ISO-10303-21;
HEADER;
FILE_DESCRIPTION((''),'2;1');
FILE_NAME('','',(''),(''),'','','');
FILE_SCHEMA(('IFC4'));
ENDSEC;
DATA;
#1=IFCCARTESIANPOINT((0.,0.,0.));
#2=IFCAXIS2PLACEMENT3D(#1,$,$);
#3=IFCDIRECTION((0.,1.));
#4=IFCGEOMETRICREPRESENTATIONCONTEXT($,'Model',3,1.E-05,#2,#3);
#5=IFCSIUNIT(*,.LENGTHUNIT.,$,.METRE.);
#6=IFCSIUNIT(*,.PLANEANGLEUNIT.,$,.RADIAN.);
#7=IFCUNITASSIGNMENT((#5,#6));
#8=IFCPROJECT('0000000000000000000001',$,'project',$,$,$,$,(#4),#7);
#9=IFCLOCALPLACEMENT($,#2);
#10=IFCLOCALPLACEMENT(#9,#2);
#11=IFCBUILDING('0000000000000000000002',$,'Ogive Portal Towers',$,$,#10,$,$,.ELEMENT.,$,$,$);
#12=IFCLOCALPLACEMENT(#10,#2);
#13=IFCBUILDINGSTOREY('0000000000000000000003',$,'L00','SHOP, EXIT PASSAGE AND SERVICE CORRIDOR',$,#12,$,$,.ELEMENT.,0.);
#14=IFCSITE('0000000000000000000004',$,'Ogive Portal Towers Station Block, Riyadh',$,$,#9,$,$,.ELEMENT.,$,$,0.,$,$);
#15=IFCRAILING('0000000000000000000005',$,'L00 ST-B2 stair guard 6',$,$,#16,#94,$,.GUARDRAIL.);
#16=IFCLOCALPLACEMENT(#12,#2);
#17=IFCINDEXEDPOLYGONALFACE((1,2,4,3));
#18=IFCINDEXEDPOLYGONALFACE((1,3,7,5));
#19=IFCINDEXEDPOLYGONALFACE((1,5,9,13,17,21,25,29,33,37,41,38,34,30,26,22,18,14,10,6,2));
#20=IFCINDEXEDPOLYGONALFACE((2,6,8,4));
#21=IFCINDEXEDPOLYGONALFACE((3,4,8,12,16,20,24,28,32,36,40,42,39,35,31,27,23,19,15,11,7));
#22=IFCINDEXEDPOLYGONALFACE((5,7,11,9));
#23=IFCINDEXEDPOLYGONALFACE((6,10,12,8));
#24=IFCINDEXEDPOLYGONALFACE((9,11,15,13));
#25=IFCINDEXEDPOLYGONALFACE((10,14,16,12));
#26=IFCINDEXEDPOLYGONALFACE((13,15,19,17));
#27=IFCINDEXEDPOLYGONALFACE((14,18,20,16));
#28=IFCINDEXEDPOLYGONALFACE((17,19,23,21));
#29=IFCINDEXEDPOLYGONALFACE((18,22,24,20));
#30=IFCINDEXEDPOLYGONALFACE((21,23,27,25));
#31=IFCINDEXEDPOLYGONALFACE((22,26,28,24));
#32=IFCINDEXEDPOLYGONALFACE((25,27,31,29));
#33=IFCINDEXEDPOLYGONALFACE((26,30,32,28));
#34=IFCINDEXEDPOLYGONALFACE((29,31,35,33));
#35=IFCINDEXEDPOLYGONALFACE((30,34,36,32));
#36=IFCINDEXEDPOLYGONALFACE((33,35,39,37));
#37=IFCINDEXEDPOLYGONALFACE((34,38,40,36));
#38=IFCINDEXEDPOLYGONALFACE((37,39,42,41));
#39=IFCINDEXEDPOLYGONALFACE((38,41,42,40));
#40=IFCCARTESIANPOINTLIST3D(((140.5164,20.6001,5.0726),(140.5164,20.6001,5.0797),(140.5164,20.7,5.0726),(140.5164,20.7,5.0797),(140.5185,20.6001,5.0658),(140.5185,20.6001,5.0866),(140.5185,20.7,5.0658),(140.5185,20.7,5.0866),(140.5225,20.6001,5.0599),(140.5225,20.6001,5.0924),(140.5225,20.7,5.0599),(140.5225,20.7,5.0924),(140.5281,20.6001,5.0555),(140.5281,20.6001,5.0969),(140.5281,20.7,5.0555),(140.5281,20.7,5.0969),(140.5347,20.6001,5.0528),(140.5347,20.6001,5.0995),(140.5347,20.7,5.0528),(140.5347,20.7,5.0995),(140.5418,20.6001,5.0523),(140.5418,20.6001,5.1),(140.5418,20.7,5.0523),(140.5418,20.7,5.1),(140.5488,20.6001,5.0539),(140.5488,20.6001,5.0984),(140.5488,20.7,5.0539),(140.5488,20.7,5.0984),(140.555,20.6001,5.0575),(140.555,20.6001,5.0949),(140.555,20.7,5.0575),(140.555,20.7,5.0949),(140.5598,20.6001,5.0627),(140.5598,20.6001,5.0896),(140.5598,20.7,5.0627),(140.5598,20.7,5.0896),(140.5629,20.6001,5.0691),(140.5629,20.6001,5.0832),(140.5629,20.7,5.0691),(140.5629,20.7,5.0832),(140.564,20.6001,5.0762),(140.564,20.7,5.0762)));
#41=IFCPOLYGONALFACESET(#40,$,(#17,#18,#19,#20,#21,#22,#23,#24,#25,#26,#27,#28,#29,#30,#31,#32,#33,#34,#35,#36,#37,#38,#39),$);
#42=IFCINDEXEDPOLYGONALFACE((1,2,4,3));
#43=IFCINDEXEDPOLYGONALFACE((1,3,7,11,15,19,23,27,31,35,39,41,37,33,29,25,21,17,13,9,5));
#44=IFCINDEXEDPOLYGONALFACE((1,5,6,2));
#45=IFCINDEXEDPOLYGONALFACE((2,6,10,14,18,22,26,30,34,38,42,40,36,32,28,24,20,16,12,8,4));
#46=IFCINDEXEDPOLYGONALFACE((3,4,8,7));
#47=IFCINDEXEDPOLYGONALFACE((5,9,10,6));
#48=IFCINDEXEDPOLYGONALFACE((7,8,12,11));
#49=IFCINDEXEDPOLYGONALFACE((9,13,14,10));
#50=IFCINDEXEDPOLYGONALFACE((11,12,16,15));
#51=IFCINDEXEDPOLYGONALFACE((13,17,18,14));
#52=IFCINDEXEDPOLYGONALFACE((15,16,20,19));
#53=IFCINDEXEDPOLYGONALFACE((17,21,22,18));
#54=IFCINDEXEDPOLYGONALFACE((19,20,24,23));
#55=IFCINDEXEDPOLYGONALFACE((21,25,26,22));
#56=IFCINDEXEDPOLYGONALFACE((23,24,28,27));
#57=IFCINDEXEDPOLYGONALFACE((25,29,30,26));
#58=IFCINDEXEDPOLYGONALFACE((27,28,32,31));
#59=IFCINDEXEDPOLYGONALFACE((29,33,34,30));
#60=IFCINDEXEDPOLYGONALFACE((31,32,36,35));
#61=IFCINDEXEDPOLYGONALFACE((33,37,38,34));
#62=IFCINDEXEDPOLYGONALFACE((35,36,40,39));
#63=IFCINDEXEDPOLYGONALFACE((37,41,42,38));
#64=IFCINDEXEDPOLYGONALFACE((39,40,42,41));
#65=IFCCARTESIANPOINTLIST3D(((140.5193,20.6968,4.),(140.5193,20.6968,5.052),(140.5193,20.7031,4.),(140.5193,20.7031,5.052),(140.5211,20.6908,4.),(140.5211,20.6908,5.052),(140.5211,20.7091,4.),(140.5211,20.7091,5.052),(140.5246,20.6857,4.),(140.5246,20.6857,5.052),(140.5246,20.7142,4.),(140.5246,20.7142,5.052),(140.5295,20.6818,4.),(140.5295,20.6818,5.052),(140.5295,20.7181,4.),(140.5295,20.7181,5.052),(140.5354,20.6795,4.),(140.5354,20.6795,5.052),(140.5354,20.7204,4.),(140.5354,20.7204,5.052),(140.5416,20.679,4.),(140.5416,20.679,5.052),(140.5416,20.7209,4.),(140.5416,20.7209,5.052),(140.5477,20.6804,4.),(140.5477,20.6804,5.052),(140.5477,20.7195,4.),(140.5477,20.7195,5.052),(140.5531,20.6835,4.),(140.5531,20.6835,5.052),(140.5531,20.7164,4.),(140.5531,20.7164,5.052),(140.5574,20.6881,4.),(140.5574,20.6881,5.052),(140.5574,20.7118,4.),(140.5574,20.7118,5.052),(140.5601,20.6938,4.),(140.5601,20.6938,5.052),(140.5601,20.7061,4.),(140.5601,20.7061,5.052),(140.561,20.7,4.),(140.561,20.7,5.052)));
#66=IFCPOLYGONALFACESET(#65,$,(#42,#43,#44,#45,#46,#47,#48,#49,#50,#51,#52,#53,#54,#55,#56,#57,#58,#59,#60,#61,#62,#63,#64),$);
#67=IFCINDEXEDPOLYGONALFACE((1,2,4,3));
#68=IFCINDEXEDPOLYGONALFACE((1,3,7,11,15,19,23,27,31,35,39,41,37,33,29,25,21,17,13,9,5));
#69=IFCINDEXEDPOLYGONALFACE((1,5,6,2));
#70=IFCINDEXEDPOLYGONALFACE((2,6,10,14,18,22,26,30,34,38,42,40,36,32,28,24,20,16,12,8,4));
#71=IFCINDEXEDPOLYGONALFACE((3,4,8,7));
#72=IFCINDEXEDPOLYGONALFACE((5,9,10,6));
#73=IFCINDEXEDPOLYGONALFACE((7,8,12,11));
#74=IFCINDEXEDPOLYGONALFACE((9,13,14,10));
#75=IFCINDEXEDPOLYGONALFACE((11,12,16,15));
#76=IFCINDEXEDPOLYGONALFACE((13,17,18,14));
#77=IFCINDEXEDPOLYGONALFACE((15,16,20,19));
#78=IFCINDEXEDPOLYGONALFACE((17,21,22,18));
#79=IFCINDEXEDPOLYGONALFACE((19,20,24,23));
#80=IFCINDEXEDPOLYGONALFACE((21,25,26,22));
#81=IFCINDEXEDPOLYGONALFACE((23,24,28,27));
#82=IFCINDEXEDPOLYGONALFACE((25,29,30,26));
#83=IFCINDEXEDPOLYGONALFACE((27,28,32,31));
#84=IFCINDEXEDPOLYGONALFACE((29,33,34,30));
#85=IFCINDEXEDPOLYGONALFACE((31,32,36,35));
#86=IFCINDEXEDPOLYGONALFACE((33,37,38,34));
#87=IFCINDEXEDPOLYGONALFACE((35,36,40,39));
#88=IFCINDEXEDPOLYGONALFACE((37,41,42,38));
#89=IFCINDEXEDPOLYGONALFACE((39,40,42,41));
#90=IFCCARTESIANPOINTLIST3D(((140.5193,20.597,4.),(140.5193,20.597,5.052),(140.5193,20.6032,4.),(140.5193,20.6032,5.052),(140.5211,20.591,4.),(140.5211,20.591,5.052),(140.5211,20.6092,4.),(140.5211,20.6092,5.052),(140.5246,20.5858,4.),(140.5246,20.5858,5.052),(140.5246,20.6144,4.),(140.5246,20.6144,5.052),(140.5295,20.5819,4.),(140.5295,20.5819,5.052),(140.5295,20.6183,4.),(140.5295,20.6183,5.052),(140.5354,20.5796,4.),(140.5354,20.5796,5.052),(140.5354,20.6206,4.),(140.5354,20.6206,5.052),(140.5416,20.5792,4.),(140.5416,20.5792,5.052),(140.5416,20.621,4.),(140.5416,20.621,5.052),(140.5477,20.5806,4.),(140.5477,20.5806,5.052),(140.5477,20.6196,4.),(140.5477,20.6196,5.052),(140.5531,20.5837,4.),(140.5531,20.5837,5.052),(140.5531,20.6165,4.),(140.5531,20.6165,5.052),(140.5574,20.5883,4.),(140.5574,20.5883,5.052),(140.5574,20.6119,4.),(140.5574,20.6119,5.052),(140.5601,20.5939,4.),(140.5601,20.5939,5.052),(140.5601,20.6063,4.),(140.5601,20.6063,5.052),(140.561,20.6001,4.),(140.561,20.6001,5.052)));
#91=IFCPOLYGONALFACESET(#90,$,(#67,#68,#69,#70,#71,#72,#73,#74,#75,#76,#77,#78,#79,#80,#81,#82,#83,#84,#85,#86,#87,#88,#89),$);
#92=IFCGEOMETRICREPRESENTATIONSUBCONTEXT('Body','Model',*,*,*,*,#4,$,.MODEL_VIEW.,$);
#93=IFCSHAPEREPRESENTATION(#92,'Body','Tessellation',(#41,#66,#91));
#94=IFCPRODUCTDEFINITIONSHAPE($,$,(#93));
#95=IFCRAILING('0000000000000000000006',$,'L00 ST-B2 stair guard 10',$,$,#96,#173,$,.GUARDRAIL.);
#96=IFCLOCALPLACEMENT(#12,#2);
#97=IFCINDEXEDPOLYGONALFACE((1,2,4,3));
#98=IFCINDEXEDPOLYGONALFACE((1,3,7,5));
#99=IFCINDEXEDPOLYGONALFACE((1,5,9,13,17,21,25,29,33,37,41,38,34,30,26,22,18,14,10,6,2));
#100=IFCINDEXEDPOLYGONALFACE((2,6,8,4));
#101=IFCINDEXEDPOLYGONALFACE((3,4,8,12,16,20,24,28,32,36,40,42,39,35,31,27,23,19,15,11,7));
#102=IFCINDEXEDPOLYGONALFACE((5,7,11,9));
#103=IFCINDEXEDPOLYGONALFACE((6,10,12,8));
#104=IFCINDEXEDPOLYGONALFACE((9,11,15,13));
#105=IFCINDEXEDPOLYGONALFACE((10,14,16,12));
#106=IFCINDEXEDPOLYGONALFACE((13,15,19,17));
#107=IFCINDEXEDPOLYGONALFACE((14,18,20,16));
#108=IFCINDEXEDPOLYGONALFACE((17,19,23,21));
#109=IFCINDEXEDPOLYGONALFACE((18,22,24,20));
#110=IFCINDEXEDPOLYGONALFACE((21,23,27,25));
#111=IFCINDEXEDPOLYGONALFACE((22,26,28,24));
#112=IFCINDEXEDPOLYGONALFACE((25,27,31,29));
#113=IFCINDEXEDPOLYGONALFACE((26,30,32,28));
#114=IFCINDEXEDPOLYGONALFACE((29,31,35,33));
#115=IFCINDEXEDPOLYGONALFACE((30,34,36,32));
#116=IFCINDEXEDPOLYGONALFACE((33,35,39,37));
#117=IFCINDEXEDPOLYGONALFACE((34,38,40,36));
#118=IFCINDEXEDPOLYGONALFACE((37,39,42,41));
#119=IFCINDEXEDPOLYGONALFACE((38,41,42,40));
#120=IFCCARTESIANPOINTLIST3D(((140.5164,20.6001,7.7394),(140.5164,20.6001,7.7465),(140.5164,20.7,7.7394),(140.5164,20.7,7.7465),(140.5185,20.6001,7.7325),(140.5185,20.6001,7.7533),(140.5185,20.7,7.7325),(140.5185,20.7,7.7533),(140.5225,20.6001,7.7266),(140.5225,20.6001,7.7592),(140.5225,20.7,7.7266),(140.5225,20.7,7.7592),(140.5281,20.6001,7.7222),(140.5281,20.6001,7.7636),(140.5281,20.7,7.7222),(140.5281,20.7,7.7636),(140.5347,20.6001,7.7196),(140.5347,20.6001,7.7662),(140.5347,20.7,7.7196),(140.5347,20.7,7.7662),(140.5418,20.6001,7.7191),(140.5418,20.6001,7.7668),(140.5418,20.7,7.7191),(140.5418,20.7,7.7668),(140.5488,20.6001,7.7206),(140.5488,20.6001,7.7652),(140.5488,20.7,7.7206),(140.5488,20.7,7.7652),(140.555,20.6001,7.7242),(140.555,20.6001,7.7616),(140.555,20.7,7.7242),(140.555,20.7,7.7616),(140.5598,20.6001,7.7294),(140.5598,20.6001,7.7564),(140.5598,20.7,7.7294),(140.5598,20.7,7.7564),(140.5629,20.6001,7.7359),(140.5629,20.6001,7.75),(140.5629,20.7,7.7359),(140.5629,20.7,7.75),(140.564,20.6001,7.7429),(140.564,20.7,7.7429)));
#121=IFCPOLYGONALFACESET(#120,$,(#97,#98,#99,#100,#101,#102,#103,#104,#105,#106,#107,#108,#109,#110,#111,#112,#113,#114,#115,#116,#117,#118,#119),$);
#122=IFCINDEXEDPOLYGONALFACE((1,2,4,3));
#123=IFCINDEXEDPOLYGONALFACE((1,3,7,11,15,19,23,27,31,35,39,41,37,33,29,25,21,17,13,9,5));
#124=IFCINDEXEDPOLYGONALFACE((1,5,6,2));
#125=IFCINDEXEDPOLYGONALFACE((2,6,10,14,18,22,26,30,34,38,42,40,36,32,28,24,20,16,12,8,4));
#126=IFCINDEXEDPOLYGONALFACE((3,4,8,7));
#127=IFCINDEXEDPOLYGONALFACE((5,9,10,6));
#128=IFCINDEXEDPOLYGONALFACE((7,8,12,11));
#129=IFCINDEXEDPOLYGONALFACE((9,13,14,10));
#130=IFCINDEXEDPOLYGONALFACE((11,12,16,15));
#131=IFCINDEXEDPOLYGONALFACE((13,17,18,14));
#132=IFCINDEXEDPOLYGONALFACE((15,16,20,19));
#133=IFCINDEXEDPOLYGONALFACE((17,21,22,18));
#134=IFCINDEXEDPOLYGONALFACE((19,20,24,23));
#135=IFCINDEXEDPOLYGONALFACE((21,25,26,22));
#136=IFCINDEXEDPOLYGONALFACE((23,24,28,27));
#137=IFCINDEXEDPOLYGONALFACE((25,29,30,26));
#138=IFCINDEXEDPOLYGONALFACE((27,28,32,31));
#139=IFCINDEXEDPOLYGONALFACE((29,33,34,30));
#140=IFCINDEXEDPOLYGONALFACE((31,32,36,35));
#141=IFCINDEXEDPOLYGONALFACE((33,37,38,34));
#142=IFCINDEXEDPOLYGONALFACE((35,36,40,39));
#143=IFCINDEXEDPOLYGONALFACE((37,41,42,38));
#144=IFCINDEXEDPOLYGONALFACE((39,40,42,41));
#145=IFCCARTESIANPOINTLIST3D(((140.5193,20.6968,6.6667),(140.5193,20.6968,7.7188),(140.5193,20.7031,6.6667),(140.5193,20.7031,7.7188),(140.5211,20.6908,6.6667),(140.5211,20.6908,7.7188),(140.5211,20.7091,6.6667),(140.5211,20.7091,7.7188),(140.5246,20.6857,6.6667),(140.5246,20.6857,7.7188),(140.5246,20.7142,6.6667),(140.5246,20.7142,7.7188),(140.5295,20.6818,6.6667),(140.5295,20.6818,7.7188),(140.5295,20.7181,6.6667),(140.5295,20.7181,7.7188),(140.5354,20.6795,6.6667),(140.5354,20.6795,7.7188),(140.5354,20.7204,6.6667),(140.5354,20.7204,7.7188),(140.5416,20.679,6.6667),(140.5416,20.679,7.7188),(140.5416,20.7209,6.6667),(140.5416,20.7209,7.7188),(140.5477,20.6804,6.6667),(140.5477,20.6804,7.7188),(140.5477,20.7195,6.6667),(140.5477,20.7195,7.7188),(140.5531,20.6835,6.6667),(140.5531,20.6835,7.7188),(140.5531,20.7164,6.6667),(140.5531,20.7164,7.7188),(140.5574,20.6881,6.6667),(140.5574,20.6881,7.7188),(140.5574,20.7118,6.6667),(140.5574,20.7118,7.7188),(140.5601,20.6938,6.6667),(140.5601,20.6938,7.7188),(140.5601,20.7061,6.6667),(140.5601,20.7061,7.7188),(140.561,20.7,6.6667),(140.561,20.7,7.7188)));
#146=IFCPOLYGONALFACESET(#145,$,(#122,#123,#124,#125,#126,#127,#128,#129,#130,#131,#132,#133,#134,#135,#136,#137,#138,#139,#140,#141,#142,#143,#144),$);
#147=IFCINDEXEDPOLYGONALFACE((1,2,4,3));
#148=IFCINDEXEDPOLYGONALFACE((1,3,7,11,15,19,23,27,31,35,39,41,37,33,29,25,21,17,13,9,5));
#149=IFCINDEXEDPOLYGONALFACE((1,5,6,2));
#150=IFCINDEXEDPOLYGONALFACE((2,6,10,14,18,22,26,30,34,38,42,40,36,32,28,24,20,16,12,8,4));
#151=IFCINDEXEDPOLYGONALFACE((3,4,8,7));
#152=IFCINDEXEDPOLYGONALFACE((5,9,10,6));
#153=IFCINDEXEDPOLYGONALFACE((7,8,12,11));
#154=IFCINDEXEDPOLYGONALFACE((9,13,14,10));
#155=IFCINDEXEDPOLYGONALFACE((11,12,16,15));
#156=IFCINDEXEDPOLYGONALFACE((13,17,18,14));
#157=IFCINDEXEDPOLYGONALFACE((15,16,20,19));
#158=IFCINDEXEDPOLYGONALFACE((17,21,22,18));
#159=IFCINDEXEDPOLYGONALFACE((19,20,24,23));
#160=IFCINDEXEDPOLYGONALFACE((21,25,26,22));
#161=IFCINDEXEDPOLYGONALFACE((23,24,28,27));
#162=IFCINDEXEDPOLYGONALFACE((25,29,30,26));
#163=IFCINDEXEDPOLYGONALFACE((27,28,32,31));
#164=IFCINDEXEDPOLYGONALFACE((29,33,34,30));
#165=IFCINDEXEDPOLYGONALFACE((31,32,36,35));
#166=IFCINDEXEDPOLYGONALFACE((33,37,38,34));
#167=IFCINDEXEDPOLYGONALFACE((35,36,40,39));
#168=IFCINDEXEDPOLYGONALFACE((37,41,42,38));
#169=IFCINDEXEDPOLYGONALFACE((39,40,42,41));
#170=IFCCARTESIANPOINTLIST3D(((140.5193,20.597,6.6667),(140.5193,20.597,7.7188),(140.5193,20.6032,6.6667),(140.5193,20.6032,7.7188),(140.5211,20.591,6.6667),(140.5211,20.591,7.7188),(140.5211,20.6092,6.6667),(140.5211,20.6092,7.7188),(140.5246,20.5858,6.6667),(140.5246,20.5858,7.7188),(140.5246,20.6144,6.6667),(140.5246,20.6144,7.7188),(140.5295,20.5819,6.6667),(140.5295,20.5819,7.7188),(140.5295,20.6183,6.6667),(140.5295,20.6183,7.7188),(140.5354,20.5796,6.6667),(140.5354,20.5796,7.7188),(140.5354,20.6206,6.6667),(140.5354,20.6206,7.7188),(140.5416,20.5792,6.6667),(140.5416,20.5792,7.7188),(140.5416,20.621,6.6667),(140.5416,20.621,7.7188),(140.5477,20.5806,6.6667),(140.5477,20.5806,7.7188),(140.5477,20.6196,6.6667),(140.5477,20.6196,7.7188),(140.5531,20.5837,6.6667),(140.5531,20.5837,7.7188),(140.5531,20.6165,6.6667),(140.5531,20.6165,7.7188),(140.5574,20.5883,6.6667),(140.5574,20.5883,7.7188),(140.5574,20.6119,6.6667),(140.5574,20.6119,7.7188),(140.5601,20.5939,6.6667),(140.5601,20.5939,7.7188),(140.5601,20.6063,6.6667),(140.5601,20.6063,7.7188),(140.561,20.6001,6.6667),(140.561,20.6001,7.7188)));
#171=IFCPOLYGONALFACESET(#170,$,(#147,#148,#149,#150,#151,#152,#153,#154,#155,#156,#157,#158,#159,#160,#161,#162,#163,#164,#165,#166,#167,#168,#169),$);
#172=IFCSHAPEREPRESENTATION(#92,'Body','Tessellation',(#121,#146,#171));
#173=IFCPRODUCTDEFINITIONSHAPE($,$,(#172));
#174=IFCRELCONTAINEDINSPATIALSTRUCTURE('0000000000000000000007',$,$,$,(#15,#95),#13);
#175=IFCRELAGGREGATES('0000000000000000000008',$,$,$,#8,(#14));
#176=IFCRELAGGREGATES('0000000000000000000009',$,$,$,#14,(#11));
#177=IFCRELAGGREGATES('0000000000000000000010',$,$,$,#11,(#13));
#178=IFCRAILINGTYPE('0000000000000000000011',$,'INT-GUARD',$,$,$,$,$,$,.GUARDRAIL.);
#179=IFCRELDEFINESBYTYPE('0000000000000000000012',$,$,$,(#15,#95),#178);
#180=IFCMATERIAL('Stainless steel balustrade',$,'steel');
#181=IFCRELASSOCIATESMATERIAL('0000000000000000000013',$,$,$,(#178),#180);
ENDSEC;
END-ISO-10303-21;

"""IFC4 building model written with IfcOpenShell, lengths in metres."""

from ifc_helpers import new_model, si_unit, direction, frame, origin, origin_2d, place, context, subcontext, project, spatial, circle, extrude, material, type_object, element, save


model = new_model("IFC4")

# Units and contexts
model_context = context("Model", 3, precision=1e-05, world=origin(), true_north=direction((0.0, 1.0)))
body_context = subcontext(model_context, "Body", "Model", "MODEL_VIEW")
ifc_project = project(units=[si_unit("LENGTHUNIT", "METRE"), si_unit("PLANEANGLEUNIT", "RADIAN")], contexts=[model_context])

# Site, building, storey
site_placement = place(None, origin())
site = spatial("IfcSite", under=ifc_project, at=site_placement, Name="Ogive Portal Towers Station Block, Riyadh", CompositionType="ELEMENT", RefElevation=0.0)
building_placement = place(site_placement, origin())
building = spatial("IfcBuilding", under=site, at=building_placement, Name="Ogive Portal Towers", CompositionType="ELEMENT")
storey_placement = place(building_placement, origin())
storey = spatial("IfcBuildingStorey", under=building, at=storey_placement, Name="L00", Description="SHOP, EXIT PASSAGE AND SERVICE CORRIDOR", CompositionType="ELEMENT", Elevation=0.0)

# Railings
ifc_material_1 = material(Name="Stainless steel balustrade", Category="steel")
railing_type_1 = type_object("IfcRailingType", Name="INT-GUARD", PredefinedType="GUARDRAIL", material=ifc_material_1)
for number, where, name in (
    (1, (140.54, 20.7, 4.0), "L00 ST-B2 stair guard 6"),
    (2, (140.54, 20.7, 6.6667), "L00 ST-B2 stair guard 10"),
):
    element("IfcRailing", number, at=place(storey_placement, frame(where)), inside=storey, type_object=railing_type_1, Name=name, PredefinedType="GUARDRAIL", context=body_context, shape_type="SweptSolid", body=[
        extrude(circle(Radius=0.0239, at=origin_2d()), frame((0.0, 0.0, 1.0762), z_axis=(0.0, -1.0, 0.0), x_axis=(1.0, 0.0, 0.0)), (0.0, 0.0, 1.0), 0.0999),
        extrude(circle(Radius=0.021, at=origin_2d()), origin(), (0.0, 0.0, 1.0), 1.052),
        extrude(circle(Radius=0.021, at=origin_2d()), frame((0.0, -0.0999, 0.0)), (0.0, 0.0, 1.0), 1.052),
    ])

save(model, "model.ifc")
